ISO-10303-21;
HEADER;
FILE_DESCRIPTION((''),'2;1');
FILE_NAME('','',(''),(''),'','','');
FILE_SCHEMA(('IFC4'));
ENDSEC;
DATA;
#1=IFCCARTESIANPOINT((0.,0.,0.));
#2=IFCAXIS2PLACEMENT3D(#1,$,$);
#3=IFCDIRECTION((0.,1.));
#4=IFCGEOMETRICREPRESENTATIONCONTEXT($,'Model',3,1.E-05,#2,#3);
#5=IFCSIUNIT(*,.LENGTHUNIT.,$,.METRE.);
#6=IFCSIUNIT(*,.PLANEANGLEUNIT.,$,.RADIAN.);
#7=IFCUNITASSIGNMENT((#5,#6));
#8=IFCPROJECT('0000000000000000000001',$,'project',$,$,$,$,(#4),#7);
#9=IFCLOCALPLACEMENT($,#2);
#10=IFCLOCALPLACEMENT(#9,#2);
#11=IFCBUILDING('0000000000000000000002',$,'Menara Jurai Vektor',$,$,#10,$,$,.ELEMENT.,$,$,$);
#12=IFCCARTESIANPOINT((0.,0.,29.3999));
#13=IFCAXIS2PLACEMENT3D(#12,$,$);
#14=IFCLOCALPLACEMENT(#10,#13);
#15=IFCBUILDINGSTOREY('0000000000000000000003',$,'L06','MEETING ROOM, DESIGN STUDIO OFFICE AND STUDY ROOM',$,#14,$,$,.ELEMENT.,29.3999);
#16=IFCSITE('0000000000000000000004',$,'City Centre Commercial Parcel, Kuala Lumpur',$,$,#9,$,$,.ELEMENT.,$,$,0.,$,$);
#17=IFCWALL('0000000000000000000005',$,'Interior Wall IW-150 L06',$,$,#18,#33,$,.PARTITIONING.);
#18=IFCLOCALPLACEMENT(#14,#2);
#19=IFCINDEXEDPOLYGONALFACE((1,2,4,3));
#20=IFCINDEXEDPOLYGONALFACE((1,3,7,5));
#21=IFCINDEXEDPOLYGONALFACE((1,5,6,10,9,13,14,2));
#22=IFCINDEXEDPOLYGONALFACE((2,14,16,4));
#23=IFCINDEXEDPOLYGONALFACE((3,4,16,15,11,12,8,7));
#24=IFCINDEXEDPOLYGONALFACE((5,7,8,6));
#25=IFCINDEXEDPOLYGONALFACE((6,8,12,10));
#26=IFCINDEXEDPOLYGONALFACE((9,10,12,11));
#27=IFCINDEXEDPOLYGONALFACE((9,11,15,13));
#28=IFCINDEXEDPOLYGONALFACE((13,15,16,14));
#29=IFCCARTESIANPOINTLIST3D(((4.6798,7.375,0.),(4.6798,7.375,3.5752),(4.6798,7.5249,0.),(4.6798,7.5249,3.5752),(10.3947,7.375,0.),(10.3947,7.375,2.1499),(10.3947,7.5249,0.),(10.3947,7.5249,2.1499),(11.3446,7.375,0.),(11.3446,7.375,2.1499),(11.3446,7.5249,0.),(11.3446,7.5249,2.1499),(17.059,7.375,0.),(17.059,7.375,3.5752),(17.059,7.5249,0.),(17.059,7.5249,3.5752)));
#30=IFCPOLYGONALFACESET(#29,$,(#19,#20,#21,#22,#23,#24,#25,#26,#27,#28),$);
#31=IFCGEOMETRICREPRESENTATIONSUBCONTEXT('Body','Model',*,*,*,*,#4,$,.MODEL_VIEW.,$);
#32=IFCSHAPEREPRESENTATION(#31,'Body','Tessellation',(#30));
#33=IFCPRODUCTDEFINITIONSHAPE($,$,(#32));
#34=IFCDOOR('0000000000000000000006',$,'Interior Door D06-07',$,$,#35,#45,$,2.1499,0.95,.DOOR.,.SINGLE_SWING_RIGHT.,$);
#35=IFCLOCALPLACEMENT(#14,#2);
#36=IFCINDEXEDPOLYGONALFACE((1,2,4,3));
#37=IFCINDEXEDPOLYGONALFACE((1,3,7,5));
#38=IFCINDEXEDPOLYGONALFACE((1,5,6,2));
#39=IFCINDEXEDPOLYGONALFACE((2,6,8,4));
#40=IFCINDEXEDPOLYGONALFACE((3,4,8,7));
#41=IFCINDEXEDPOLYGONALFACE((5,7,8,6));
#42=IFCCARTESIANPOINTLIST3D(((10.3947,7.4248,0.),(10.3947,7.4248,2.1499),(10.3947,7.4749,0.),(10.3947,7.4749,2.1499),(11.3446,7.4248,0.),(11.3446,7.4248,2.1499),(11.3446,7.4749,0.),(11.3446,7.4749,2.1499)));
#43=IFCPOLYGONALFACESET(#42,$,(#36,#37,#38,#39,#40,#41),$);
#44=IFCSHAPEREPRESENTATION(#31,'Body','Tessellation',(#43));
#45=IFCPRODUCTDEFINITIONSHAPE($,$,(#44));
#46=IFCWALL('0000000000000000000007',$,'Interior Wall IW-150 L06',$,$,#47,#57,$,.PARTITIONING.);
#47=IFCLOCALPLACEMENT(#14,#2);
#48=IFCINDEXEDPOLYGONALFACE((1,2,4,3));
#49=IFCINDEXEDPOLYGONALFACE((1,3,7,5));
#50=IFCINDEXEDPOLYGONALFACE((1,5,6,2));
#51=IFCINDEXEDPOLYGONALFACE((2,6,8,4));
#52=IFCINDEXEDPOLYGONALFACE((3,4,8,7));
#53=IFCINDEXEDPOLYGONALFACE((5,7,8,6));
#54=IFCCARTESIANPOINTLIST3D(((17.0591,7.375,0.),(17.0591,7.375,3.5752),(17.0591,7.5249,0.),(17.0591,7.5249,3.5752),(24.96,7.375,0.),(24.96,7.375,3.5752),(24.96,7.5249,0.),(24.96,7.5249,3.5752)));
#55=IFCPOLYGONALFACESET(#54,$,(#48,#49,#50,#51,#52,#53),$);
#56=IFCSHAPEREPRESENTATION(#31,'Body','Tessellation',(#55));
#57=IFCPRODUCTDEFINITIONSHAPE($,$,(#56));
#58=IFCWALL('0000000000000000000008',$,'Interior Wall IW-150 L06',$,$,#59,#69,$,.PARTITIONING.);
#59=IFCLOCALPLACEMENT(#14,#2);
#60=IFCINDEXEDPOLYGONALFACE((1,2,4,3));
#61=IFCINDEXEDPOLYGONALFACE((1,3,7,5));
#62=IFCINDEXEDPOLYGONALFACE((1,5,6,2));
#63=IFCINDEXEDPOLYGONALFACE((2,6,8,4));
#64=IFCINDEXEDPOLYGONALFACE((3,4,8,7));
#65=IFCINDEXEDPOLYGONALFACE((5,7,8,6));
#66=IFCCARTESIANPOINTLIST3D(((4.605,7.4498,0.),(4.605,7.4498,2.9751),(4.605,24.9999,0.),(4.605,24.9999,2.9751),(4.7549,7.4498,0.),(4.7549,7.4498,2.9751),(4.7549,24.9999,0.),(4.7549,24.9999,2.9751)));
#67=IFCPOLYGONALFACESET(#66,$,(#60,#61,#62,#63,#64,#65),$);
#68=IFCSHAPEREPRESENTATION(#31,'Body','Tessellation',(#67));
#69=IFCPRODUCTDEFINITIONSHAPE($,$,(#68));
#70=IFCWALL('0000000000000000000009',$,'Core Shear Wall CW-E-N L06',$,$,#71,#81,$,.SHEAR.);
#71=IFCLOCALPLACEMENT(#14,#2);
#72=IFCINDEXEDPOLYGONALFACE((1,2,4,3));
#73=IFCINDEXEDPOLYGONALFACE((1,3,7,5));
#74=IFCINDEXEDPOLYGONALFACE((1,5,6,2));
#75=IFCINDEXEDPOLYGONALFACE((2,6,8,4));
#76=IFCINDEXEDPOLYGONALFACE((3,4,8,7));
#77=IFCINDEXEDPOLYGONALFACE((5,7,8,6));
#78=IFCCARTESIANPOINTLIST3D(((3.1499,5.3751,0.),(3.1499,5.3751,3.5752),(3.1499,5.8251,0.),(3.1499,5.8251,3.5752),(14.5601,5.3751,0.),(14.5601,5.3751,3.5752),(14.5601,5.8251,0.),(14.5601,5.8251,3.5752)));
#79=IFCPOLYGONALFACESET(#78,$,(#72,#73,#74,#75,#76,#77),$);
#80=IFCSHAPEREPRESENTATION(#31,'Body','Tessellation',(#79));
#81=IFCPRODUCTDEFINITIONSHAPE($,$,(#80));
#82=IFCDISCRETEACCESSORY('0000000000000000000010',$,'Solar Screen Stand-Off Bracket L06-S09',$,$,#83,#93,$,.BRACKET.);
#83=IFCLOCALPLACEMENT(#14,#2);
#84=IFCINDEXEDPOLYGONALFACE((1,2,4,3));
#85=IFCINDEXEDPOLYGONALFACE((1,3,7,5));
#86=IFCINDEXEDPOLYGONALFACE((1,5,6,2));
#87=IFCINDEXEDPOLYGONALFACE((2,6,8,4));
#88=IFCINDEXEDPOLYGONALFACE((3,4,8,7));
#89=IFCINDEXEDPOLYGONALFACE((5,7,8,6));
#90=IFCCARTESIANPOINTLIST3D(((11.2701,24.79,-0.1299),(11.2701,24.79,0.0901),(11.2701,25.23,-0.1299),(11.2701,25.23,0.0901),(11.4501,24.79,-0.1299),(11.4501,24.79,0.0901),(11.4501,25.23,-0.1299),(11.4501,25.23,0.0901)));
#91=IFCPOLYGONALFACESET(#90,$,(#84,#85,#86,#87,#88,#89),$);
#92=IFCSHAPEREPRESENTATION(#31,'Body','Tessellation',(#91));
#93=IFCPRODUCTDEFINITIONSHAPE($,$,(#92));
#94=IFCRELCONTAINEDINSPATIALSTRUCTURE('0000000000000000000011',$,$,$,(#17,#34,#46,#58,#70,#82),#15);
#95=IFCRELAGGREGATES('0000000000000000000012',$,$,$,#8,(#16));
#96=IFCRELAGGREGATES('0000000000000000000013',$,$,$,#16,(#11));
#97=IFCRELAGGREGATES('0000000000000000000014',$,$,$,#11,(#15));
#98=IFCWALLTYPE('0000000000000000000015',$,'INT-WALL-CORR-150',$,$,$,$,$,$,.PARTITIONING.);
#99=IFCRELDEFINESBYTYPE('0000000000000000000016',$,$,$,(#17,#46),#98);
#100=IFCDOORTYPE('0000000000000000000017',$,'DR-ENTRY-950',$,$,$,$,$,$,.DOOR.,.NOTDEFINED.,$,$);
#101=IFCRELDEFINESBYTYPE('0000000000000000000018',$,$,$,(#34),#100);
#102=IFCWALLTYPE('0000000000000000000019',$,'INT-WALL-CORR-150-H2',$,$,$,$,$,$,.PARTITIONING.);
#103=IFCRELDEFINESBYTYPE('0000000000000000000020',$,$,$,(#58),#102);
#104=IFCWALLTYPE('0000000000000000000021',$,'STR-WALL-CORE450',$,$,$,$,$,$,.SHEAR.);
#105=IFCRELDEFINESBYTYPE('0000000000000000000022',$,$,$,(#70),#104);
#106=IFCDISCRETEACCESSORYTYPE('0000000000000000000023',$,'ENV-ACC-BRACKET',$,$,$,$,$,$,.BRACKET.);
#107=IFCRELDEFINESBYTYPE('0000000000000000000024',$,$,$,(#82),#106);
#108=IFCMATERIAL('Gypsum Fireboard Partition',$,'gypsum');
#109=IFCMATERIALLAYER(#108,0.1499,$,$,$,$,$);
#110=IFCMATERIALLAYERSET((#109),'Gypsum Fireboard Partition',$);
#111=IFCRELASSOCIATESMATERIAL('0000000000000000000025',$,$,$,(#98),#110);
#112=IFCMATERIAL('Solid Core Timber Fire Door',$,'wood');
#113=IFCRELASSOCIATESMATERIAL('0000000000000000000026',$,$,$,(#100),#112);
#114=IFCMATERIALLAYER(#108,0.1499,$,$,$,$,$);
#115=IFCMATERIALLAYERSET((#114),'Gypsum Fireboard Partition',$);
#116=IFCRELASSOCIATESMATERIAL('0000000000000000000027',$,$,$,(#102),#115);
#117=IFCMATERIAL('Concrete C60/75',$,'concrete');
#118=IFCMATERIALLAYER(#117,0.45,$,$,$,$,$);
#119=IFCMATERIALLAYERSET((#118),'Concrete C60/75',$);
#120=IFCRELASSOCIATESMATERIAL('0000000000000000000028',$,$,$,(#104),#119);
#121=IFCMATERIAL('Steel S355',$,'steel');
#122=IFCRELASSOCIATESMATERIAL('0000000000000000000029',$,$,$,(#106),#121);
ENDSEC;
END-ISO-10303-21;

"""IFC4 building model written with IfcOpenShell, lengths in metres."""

from ifc_helpers import new_model, si_unit, direction, frame, frame_2d, origin, origin_2d, place, context, subcontext, project, spatial, rectangle, extrude, material, layer, layer_set, type_object, element, fill, save


model = new_model("IFC4")

# Units and contexts
model_context = context("Model", 3, precision=1e-05, world=origin(), true_north=direction((0.0, 1.0)))
body_context = subcontext(model_context, "Body", "Model", "MODEL_VIEW")
ifc_project = project(units=[si_unit("LENGTHUNIT", "METRE"), si_unit("PLANEANGLEUNIT", "RADIAN")], contexts=[model_context])

# Site, building, storey
site_placement = place(None, origin())
site = spatial("IfcSite", under=ifc_project, at=site_placement, Name="City Centre Commercial Parcel, Kuala Lumpur", CompositionType="ELEMENT", RefElevation=0.0)
building_placement = place(site_placement, origin())
building = spatial("IfcBuilding", under=site, at=building_placement, Name="Menara Jurai Vektor", CompositionType="ELEMENT")
storey_placement = place(building_placement, frame((0.0, 0.0, 29.3999)))
storey = spatial("IfcBuildingStorey", under=building, at=storey_placement, Name="L06", Description="MEETING ROOM, DESIGN STUDIO OFFICE AND STUDY ROOM", CompositionType="ELEMENT", Elevation=29.3999)

# Shared definitions
ifc_material_1 = material(Name="Steel S355", Category="steel")

# Shared definitions
ifc_material_2 = material(Name="Gypsum Fireboard Partition", Category="gypsum")
ifc_layer_1 = layer(ifc_material_2, 0.1499)
ifc_layer_set_1 = layer_set([ifc_layer_1], Name="Gypsum Fireboard Partition")
wall_type_1 = type_object("IfcWallType", Name="INT-WALL-CORR-150", PredefinedType="PARTITIONING", material=ifc_layer_set_1)
ifc_material_3 = material(Name="Solid Core Timber Fire Door", Category="wood")
door_type = type_object("IfcDoorType", Name="DR-ENTRY-950", OperationType="NOTDEFINED", PredefinedType="DOOR", material=ifc_material_3)

# Wall, opening, door
wall_1_placement = place(storey_placement, frame((4.6799, 7.45, 0.0), z_axis=(0.0, 0.0, 1.0), x_axis=(1.0, 0.0, 0.0)))
wall_1 = element("IfcWall", 1, at=wall_1_placement, inside=storey, type_object=wall_type_1, Name="Interior Wall IW-150 L06", PredefinedType="PARTITIONING", context=body_context, shape_type="SweptSolid", body=[
    extrude(rectangle(XDim=12.3792, YDim=0.1499, at=frame_2d((6.1895, 0.0))), origin(), (0.0, 0.0, 1.0), 3.5752),
])
opening_1_placement = place(wall_1_placement, frame((5.7146, 0.0, 0.0)))
opening_1 = element("IfcOpeningElement", 2, at=opening_1_placement, cuts=wall_1, PredefinedType="OPENING", context=body_context, shape_type="SweptSolid", body=[
    extrude(rectangle(XDim=0.95, YDim=2.1499, at=frame_2d((0.4751, 1.075))), frame((0.0, 0.085, 0.0), z_axis=(0.0, -1.0, 0.0), x_axis=(1.0, 0.0, 0.0)), (0.0, 0.0, 1.0), 0.1699),
])
door_1_placement = place(opening_1_placement, origin())
door_1 = element("IfcDoor", 3, at=door_1_placement, inside=storey, type_object=door_type, Name="Interior Door D06-07", OperationType="SINGLE_SWING_RIGHT", OverallHeight=2.1499, OverallWidth=0.95, PredefinedType="DOOR", context=body_context, shape_type="SweptSolid", body=[
    extrude(rectangle(XDim=0.95, YDim=2.1499, at=frame_2d((0.4751, 1.075))), frame((0.0, 0.0249, 0.0), z_axis=(0.0, -1.0, 0.0), x_axis=(1.0, 0.0, 0.0)), (0.0, 0.0, 1.0), 0.05),
])
fill(opening_1, door_1)

# Walls
wall_2_placement = place(storey_placement, frame((17.0591, 7.45, 0.0), z_axis=(0.0, 0.0, 1.0), x_axis=(1.0, 0.0, 0.0)))
element("IfcWall", 4, at=wall_2_placement, inside=storey, type_object=wall_type_1, Name="Interior Wall IW-150 L06", PredefinedType="PARTITIONING", context=body_context, shape_type="SweptSolid", body=[
    extrude(rectangle(XDim=7.9009, YDim=0.1499, at=frame_2d((3.9504, 0.0))), origin(), (0.0, 0.0, 1.0), 3.5752),
])
ifc_layer_2 = layer(ifc_material_2, 0.1499)
ifc_layer_set_2 = layer_set([ifc_layer_2], Name="Gypsum Fireboard Partition")
wall_type_2 = type_object("IfcWallType", Name="INT-WALL-CORR-150-H2", PredefinedType="PARTITIONING", material=ifc_layer_set_2)
wall_3_placement = place(storey_placement, frame((4.6799, 7.45, 0.0), z_axis=(0.0, 0.0, 1.0), x_axis=(0.0, 1.0, 0.0)))
element("IfcWall", 5, at=wall_3_placement, inside=storey, type_object=wall_type_2, Name="Interior Wall IW-150 L06", PredefinedType="PARTITIONING", context=body_context, shape_type="SweptSolid", body=[
    extrude(rectangle(XDim=17.55, YDim=0.1499, at=frame_2d((8.7749, 0.0))), origin(), (0.0, 0.0, 1.0), 2.9751),
])
ifc_material_4 = material(Name="Concrete C60/75", Category="concrete")
ifc_layer_3 = layer(ifc_material_4, 0.45)
ifc_layer_set_3 = layer_set([ifc_layer_3], Name="Concrete C60/75")
wall_type_3 = type_object("IfcWallType", Name="STR-WALL-CORE450", PredefinedType="SHEAR", material=ifc_layer_set_3)
wall_4_placement = place(storey_placement, frame((3.1499, 5.6001, 0.0), z_axis=(0.0, 0.0, 1.0), x_axis=(1.0, 0.0, 0.0)))
element("IfcWall", 6, at=wall_4_placement, inside=storey, type_object=wall_type_3, Name="Core Shear Wall CW-E-N L06", PredefinedType="SHEAR", context=body_context, shape_type="SweptSolid", body=[
    extrude(rectangle(XDim=11.4102, YDim=0.45, at=frame_2d((5.7051, 0.0))), origin(), (0.0, 0.0, 1.0), 3.5752),
])

# Discrete accessory
discrete_accessory_type = type_object("IfcDiscreteAccessoryType", Name="ENV-ACC-BRACKET", PredefinedType="BRACKET", material=ifc_material_1)
discrete_accessory_placement = place(storey_placement, frame((11.3601, 25.01, -0.1299), z_axis=(0.0, 0.0, 1.0), x_axis=(-1.0, 0.0, 0.0)))
element("IfcDiscreteAccessory", 7, at=discrete_accessory_placement, inside=storey, type_object=discrete_accessory_type, Name="Solar Screen Stand-Off Bracket L06-S09", PredefinedType="BRACKET", context=body_context, shape_type="SweptSolid", body=[
    extrude(rectangle(XDim=0.1799, YDim=0.4399, at=origin_2d()), origin(), (0.0, 0.0, 1.0), 0.22),
])

save(model, "model.ifc")
